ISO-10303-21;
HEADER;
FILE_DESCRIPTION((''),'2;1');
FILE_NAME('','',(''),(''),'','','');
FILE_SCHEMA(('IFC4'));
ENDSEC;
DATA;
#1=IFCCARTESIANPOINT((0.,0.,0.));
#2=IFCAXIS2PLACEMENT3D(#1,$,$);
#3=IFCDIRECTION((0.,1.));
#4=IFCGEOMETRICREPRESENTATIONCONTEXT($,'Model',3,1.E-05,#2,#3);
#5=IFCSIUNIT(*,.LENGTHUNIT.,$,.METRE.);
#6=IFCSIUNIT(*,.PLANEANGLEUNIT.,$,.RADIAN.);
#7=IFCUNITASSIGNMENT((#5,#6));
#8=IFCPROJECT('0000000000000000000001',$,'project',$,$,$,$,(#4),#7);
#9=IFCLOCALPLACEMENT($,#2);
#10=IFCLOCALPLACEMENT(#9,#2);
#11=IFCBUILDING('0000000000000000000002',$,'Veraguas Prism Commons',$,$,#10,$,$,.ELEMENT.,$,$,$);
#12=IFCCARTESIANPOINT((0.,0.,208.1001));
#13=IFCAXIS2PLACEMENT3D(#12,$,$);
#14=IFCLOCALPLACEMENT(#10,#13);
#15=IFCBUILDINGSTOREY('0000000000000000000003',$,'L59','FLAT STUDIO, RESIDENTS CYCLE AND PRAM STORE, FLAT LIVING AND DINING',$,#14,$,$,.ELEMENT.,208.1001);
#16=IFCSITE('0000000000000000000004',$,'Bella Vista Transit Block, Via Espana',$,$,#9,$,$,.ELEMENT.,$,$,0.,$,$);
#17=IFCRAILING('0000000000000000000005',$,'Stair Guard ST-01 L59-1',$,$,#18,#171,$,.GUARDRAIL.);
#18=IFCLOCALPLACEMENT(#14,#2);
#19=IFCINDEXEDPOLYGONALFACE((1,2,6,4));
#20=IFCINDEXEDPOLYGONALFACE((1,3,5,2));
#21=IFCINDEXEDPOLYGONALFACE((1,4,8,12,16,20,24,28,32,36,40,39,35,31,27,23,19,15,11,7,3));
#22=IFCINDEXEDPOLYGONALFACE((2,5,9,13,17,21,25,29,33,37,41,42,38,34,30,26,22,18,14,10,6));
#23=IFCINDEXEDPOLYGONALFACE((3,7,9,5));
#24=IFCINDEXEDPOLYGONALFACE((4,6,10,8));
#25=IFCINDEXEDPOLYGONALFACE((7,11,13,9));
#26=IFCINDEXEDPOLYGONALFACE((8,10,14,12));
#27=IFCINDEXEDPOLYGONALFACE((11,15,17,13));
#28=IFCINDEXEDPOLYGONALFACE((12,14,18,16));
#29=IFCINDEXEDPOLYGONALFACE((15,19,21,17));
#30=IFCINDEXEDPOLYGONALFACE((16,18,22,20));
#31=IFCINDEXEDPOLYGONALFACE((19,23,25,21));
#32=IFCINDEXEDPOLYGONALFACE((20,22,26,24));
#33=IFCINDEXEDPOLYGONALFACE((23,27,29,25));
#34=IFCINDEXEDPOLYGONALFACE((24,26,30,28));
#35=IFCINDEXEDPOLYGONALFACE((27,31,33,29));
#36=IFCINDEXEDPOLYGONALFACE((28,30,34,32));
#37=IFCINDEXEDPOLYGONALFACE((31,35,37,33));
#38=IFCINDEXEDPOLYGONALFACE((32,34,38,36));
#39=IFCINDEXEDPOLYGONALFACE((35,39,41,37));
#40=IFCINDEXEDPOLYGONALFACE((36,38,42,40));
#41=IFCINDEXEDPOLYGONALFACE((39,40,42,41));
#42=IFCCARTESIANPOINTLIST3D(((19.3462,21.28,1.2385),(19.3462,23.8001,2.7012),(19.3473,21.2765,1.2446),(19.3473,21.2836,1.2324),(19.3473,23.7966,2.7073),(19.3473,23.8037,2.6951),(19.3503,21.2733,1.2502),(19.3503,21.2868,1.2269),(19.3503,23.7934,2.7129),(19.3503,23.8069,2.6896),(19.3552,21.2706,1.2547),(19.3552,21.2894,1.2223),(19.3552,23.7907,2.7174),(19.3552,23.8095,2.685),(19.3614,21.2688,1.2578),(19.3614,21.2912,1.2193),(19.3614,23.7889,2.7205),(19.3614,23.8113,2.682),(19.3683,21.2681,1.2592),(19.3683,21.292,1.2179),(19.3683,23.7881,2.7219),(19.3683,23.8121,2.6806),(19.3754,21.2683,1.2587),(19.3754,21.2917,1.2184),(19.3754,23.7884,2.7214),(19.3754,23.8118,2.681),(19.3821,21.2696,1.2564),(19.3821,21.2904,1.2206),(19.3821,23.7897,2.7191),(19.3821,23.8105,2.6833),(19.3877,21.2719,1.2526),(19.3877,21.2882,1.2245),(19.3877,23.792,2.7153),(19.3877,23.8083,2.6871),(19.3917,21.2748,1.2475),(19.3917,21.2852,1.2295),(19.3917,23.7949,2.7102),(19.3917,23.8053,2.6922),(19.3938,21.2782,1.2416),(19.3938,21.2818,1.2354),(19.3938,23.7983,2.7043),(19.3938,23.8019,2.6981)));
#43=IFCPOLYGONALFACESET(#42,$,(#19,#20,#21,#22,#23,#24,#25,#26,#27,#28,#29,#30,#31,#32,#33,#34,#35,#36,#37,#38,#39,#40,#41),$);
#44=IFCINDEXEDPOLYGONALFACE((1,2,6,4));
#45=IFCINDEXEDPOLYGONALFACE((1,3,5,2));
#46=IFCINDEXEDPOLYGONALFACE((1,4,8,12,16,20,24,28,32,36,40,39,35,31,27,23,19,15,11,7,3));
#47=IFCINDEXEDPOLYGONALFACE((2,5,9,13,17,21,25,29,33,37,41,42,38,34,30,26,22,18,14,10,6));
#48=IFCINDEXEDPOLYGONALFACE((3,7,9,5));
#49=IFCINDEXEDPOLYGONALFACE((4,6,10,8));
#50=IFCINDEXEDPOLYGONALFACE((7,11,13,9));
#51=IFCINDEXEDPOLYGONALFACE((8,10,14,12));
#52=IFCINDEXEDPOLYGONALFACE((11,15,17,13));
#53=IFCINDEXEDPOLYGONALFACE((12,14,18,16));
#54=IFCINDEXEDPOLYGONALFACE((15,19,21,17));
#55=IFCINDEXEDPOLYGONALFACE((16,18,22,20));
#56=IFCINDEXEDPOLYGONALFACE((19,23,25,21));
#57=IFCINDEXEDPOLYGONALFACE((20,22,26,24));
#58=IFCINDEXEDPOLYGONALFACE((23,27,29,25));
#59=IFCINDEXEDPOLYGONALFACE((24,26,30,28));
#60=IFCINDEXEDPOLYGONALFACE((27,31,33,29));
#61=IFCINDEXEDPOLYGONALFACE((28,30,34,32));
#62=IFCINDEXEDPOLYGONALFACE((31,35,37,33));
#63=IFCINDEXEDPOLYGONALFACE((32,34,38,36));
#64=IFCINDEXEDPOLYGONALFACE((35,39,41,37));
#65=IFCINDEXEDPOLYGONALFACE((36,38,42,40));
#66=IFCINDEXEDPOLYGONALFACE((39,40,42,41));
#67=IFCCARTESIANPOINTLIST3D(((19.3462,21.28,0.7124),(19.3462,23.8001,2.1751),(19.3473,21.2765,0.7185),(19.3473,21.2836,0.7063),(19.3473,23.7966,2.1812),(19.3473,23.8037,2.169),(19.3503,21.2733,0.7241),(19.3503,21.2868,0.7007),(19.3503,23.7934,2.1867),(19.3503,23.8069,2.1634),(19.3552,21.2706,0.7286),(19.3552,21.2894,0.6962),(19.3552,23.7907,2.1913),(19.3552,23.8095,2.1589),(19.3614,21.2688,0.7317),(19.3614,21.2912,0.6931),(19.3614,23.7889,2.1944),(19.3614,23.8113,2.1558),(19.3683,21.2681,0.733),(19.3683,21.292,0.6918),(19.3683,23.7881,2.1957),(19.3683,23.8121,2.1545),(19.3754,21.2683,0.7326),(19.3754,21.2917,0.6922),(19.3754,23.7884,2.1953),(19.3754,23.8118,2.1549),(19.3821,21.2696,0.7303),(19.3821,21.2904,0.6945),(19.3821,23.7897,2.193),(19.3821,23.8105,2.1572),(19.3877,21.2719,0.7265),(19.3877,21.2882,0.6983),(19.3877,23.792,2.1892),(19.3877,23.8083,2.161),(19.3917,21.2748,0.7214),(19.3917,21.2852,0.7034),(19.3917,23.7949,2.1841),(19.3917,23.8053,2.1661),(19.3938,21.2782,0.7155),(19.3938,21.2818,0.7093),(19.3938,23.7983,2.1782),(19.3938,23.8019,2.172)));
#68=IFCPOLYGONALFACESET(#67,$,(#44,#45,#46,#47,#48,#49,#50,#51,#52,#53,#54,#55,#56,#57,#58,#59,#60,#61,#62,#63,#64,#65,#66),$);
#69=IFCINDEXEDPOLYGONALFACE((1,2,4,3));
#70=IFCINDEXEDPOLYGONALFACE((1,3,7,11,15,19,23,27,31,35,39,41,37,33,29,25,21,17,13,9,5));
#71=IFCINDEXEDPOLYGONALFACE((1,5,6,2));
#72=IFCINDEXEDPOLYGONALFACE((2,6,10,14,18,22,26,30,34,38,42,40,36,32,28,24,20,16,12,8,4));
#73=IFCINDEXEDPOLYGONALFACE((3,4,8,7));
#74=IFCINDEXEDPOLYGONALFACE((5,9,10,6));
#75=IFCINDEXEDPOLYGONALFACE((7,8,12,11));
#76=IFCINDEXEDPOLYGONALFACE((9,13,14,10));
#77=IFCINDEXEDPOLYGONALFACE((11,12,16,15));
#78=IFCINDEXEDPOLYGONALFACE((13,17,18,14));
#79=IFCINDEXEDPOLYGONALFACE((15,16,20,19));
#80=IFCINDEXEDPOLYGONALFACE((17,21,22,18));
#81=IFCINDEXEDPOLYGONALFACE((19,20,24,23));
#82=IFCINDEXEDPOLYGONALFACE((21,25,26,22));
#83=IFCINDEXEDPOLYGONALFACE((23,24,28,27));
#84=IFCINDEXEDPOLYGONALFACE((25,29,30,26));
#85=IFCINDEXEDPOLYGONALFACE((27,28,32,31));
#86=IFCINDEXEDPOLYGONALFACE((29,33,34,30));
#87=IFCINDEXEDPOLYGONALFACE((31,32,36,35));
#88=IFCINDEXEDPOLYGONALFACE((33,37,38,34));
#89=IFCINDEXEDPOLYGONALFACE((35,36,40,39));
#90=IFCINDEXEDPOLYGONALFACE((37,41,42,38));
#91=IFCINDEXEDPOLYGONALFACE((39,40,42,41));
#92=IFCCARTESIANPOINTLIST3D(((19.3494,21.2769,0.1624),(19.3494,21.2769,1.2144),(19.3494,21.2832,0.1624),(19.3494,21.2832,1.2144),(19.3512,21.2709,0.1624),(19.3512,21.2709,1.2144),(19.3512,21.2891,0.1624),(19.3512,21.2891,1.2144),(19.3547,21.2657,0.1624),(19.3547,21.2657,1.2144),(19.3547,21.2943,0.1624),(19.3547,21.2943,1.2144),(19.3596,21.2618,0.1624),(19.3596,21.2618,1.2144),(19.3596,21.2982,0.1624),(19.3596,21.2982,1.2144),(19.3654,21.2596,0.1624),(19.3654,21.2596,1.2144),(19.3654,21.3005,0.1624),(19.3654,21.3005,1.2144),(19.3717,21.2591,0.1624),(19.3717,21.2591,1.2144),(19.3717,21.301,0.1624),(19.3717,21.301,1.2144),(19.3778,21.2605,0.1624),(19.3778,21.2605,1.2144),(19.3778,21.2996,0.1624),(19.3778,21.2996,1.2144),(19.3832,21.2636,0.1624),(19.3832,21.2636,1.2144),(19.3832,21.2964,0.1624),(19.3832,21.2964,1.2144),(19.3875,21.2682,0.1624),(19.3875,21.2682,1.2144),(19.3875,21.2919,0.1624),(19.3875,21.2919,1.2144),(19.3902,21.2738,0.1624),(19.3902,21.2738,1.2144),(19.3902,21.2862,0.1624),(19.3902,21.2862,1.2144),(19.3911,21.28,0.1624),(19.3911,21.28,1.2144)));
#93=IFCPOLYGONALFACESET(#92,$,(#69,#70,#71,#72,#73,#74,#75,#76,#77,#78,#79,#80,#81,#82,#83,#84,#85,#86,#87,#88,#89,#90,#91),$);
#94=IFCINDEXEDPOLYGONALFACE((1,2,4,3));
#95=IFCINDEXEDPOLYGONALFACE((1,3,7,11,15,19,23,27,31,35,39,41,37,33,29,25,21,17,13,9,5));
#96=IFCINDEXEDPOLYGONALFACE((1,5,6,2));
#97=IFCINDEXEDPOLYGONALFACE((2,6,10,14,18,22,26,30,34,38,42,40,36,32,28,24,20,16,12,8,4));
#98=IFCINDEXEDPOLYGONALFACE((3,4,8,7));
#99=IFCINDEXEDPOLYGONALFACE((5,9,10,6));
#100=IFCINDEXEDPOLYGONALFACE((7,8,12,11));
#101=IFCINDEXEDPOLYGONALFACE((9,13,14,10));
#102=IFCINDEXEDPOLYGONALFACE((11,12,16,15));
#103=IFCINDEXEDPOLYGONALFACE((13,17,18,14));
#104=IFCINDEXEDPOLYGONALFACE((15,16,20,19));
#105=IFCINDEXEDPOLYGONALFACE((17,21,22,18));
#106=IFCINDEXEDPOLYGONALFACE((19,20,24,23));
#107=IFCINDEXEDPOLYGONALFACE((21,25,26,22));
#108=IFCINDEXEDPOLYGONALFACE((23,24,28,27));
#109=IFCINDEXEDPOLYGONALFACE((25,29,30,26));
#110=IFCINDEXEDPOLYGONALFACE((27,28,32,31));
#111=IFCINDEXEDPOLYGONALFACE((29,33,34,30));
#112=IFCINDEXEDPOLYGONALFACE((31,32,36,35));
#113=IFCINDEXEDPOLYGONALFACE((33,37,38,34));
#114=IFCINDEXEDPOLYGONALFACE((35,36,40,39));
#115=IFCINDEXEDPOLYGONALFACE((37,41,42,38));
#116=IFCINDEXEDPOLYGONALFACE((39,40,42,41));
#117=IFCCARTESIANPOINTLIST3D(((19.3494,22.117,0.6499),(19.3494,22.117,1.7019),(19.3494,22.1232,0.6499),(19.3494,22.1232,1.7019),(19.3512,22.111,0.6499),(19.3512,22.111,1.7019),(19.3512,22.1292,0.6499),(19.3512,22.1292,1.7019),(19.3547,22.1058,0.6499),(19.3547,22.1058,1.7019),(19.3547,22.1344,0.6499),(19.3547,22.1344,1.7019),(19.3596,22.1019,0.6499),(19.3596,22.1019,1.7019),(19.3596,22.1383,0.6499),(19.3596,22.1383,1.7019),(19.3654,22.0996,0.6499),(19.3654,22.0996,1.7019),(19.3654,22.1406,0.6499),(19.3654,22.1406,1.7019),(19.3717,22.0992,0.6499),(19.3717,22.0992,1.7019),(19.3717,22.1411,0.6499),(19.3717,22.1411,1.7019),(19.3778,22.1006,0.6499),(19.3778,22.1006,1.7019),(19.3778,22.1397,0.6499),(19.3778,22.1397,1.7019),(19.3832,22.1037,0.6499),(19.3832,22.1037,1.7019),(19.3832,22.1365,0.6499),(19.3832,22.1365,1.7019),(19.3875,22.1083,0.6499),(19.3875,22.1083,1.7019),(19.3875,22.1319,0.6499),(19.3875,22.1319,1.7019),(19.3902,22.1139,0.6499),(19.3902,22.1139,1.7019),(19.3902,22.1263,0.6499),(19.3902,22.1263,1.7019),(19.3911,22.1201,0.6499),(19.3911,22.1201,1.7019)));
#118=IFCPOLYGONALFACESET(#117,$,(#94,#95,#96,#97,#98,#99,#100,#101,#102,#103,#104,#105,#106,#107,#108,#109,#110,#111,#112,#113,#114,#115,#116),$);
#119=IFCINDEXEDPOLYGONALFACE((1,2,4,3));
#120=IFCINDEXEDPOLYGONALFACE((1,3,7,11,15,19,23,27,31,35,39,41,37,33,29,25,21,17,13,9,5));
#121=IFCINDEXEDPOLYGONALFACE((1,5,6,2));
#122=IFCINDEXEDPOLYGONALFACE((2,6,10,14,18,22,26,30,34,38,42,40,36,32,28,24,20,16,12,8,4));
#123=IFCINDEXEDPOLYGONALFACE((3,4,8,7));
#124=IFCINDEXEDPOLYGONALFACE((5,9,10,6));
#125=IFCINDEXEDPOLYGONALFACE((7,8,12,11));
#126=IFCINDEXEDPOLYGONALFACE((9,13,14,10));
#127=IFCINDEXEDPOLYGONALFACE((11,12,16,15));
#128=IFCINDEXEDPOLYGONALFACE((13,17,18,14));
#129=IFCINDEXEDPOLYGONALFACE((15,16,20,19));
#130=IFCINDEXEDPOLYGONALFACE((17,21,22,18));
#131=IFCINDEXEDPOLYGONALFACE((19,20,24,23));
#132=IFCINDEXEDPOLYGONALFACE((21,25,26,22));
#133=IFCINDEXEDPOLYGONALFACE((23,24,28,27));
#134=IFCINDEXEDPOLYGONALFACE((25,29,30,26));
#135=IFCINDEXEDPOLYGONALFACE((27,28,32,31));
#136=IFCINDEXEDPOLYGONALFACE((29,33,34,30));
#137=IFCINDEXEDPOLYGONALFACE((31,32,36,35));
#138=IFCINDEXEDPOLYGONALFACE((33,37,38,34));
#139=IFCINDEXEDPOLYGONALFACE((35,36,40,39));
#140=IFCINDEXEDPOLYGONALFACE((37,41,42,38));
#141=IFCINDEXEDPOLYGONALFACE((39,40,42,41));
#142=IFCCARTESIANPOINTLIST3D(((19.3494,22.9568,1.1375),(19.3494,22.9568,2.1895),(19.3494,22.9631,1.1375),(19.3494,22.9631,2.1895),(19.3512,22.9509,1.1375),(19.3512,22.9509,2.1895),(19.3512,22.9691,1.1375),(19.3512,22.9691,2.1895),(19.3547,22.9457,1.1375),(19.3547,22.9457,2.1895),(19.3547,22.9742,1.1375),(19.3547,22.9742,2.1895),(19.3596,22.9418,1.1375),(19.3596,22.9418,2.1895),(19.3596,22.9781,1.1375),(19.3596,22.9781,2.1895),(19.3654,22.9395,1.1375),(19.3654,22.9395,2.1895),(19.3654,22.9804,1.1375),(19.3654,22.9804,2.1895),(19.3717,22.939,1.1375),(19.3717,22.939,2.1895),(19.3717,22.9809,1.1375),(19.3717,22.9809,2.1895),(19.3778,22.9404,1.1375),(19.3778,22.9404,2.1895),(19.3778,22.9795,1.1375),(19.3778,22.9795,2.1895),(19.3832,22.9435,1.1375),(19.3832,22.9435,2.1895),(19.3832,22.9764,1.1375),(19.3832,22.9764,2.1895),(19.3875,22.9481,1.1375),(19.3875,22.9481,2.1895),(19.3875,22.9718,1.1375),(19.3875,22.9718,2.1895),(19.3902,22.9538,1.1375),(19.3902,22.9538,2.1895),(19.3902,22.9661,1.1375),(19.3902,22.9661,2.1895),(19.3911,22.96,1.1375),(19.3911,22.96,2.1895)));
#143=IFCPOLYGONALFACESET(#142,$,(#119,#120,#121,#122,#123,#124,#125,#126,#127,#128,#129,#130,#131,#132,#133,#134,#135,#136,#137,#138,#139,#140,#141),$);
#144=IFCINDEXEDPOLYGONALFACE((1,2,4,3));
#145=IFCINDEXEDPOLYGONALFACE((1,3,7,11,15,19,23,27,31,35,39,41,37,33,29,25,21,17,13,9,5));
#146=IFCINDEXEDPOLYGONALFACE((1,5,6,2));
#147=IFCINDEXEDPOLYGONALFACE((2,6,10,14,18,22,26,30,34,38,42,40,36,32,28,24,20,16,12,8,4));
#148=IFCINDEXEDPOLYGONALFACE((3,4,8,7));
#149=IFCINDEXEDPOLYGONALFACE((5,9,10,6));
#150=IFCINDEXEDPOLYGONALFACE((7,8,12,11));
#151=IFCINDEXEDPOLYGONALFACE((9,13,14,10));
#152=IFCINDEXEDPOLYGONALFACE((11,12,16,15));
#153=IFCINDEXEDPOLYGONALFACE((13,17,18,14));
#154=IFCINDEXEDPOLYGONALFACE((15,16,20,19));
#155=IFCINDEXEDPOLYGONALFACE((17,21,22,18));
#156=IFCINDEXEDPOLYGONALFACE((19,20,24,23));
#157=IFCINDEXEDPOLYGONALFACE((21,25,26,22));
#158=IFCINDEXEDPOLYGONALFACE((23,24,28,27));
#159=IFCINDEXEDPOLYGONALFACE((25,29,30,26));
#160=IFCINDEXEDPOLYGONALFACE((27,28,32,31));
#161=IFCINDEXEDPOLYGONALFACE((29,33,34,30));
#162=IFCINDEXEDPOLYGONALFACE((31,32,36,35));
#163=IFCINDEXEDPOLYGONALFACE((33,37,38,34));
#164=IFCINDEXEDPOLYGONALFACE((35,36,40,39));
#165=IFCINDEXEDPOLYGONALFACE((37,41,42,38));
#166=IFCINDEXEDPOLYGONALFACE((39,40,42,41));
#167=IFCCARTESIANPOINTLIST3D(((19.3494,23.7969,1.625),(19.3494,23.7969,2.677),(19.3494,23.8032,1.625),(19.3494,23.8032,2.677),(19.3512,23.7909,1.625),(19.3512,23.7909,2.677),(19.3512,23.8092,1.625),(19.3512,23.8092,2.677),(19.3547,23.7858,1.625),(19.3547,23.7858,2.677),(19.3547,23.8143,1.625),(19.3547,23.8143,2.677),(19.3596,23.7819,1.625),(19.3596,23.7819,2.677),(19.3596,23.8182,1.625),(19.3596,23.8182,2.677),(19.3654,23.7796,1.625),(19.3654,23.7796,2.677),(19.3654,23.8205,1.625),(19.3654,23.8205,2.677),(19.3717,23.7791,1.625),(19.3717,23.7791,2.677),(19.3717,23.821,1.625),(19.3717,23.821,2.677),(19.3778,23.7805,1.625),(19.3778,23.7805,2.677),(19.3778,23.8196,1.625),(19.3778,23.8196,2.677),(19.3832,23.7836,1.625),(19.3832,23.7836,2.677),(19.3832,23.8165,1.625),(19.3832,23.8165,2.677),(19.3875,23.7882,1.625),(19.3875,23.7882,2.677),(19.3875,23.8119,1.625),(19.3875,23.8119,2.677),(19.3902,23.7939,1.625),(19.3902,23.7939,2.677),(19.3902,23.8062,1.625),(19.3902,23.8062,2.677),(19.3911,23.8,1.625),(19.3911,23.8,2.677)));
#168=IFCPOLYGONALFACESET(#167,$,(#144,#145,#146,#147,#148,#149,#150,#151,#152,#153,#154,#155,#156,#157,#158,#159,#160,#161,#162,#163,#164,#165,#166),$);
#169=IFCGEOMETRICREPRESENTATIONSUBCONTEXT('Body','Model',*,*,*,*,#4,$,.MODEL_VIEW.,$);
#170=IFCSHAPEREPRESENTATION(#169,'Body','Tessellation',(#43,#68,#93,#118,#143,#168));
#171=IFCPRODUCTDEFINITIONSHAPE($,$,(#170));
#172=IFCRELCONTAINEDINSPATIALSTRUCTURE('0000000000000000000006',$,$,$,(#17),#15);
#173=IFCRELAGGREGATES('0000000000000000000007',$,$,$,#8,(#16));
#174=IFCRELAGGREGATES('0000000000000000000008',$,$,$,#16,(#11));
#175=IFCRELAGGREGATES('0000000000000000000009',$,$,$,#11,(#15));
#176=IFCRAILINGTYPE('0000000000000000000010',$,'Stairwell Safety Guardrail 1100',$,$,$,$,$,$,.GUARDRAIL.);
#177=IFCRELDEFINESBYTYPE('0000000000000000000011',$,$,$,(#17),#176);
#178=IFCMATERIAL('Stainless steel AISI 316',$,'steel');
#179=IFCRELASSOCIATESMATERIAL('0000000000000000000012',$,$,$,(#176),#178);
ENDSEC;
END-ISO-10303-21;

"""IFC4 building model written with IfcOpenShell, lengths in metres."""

from ifc_helpers import new_model, si_unit, direction, frame, origin, origin_2d, place, context, subcontext, project, spatial, circle, extrude, material, type_object, element, save


model = new_model("IFC4")

# Units and contexts
model_context = context("Model", 3, precision=1e-05, world=origin(), true_north=direction((0.0, 1.0)))
body_context = subcontext(model_context, "Body", "Model", "MODEL_VIEW")
ifc_project = project(units=[si_unit("LENGTHUNIT", "METRE"), si_unit("PLANEANGLEUNIT", "RADIAN")], contexts=[model_context])

# Site, building, storey
site_placement = place(None, origin())
site = spatial("IfcSite", under=ifc_project, at=site_placement, Name="Bella Vista Transit Block, Via Espana", CompositionType="ELEMENT", RefElevation=0.0)
building_placement = place(site_placement, origin())
building = spatial("IfcBuilding", under=site, at=building_placement, Name="Veraguas Prism Commons", CompositionType="ELEMENT")
storey_placement = place(building_placement, frame((0.0, 0.0, 208.1001)))
storey = spatial("IfcBuildingStorey", under=building, at=storey_placement, Name="L59", Description="FLAT STUDIO, RESIDENTS CYCLE AND PRAM STORE, FLAT LIVING AND DINING", CompositionType="ELEMENT", Elevation=208.1001)

# Railing
ifc_material_1 = material(Name="Stainless steel AISI 316", Category="steel")
railing_type_1 = type_object("IfcRailingType", Name="Stairwell Safety Guardrail 1100", PredefinedType="GUARDRAIL", material=ifc_material_1)
railing_1_placement = place(storey_placement, frame((19.3701, 21.28, 0.1624)))
element("IfcRailing", 1, at=railing_1_placement, inside=storey, type_object=railing_type_1, Name="Stair Guard ST-01 L59-1", PredefinedType="GUARDRAIL", context=body_context, shape_type="SweptSolid", body=[
    extrude(circle(Radius=0.0239, at=origin_2d()), frame((0.0, 0.0, 1.0762), z_axis=(0.0, 0.864877, 0.501984), x_axis=(-1.0, 0.0, 0.0)), (0.0, 0.0, 1.0), 2.9138),
    extrude(circle(Radius=0.0239, at=origin_2d()), frame((0.0, 0.0, 0.55), z_axis=(0.0, 0.864877, 0.501984), x_axis=(-1.0, 0.0, 0.0)), (0.0, 0.0, 1.0), 2.9138),
    extrude(circle(Radius=0.021, at=origin_2d()), origin(), (0.0, 0.0, 1.0), 1.052),
    extrude(circle(Radius=0.021, at=origin_2d()), frame((0.0, 0.8401, 0.4875)), (0.0, 0.0, 1.0), 1.052),
    extrude(circle(Radius=0.021, at=origin_2d()), frame((0.0, 1.6799, 0.9751)), (0.0, 0.0, 1.0), 1.052),
    extrude(circle(Radius=0.021, at=origin_2d()), frame((0.0, 2.52, 1.4626)), (0.0, 0.0, 1.0), 1.052),
])

save(model, "model.ifc")
